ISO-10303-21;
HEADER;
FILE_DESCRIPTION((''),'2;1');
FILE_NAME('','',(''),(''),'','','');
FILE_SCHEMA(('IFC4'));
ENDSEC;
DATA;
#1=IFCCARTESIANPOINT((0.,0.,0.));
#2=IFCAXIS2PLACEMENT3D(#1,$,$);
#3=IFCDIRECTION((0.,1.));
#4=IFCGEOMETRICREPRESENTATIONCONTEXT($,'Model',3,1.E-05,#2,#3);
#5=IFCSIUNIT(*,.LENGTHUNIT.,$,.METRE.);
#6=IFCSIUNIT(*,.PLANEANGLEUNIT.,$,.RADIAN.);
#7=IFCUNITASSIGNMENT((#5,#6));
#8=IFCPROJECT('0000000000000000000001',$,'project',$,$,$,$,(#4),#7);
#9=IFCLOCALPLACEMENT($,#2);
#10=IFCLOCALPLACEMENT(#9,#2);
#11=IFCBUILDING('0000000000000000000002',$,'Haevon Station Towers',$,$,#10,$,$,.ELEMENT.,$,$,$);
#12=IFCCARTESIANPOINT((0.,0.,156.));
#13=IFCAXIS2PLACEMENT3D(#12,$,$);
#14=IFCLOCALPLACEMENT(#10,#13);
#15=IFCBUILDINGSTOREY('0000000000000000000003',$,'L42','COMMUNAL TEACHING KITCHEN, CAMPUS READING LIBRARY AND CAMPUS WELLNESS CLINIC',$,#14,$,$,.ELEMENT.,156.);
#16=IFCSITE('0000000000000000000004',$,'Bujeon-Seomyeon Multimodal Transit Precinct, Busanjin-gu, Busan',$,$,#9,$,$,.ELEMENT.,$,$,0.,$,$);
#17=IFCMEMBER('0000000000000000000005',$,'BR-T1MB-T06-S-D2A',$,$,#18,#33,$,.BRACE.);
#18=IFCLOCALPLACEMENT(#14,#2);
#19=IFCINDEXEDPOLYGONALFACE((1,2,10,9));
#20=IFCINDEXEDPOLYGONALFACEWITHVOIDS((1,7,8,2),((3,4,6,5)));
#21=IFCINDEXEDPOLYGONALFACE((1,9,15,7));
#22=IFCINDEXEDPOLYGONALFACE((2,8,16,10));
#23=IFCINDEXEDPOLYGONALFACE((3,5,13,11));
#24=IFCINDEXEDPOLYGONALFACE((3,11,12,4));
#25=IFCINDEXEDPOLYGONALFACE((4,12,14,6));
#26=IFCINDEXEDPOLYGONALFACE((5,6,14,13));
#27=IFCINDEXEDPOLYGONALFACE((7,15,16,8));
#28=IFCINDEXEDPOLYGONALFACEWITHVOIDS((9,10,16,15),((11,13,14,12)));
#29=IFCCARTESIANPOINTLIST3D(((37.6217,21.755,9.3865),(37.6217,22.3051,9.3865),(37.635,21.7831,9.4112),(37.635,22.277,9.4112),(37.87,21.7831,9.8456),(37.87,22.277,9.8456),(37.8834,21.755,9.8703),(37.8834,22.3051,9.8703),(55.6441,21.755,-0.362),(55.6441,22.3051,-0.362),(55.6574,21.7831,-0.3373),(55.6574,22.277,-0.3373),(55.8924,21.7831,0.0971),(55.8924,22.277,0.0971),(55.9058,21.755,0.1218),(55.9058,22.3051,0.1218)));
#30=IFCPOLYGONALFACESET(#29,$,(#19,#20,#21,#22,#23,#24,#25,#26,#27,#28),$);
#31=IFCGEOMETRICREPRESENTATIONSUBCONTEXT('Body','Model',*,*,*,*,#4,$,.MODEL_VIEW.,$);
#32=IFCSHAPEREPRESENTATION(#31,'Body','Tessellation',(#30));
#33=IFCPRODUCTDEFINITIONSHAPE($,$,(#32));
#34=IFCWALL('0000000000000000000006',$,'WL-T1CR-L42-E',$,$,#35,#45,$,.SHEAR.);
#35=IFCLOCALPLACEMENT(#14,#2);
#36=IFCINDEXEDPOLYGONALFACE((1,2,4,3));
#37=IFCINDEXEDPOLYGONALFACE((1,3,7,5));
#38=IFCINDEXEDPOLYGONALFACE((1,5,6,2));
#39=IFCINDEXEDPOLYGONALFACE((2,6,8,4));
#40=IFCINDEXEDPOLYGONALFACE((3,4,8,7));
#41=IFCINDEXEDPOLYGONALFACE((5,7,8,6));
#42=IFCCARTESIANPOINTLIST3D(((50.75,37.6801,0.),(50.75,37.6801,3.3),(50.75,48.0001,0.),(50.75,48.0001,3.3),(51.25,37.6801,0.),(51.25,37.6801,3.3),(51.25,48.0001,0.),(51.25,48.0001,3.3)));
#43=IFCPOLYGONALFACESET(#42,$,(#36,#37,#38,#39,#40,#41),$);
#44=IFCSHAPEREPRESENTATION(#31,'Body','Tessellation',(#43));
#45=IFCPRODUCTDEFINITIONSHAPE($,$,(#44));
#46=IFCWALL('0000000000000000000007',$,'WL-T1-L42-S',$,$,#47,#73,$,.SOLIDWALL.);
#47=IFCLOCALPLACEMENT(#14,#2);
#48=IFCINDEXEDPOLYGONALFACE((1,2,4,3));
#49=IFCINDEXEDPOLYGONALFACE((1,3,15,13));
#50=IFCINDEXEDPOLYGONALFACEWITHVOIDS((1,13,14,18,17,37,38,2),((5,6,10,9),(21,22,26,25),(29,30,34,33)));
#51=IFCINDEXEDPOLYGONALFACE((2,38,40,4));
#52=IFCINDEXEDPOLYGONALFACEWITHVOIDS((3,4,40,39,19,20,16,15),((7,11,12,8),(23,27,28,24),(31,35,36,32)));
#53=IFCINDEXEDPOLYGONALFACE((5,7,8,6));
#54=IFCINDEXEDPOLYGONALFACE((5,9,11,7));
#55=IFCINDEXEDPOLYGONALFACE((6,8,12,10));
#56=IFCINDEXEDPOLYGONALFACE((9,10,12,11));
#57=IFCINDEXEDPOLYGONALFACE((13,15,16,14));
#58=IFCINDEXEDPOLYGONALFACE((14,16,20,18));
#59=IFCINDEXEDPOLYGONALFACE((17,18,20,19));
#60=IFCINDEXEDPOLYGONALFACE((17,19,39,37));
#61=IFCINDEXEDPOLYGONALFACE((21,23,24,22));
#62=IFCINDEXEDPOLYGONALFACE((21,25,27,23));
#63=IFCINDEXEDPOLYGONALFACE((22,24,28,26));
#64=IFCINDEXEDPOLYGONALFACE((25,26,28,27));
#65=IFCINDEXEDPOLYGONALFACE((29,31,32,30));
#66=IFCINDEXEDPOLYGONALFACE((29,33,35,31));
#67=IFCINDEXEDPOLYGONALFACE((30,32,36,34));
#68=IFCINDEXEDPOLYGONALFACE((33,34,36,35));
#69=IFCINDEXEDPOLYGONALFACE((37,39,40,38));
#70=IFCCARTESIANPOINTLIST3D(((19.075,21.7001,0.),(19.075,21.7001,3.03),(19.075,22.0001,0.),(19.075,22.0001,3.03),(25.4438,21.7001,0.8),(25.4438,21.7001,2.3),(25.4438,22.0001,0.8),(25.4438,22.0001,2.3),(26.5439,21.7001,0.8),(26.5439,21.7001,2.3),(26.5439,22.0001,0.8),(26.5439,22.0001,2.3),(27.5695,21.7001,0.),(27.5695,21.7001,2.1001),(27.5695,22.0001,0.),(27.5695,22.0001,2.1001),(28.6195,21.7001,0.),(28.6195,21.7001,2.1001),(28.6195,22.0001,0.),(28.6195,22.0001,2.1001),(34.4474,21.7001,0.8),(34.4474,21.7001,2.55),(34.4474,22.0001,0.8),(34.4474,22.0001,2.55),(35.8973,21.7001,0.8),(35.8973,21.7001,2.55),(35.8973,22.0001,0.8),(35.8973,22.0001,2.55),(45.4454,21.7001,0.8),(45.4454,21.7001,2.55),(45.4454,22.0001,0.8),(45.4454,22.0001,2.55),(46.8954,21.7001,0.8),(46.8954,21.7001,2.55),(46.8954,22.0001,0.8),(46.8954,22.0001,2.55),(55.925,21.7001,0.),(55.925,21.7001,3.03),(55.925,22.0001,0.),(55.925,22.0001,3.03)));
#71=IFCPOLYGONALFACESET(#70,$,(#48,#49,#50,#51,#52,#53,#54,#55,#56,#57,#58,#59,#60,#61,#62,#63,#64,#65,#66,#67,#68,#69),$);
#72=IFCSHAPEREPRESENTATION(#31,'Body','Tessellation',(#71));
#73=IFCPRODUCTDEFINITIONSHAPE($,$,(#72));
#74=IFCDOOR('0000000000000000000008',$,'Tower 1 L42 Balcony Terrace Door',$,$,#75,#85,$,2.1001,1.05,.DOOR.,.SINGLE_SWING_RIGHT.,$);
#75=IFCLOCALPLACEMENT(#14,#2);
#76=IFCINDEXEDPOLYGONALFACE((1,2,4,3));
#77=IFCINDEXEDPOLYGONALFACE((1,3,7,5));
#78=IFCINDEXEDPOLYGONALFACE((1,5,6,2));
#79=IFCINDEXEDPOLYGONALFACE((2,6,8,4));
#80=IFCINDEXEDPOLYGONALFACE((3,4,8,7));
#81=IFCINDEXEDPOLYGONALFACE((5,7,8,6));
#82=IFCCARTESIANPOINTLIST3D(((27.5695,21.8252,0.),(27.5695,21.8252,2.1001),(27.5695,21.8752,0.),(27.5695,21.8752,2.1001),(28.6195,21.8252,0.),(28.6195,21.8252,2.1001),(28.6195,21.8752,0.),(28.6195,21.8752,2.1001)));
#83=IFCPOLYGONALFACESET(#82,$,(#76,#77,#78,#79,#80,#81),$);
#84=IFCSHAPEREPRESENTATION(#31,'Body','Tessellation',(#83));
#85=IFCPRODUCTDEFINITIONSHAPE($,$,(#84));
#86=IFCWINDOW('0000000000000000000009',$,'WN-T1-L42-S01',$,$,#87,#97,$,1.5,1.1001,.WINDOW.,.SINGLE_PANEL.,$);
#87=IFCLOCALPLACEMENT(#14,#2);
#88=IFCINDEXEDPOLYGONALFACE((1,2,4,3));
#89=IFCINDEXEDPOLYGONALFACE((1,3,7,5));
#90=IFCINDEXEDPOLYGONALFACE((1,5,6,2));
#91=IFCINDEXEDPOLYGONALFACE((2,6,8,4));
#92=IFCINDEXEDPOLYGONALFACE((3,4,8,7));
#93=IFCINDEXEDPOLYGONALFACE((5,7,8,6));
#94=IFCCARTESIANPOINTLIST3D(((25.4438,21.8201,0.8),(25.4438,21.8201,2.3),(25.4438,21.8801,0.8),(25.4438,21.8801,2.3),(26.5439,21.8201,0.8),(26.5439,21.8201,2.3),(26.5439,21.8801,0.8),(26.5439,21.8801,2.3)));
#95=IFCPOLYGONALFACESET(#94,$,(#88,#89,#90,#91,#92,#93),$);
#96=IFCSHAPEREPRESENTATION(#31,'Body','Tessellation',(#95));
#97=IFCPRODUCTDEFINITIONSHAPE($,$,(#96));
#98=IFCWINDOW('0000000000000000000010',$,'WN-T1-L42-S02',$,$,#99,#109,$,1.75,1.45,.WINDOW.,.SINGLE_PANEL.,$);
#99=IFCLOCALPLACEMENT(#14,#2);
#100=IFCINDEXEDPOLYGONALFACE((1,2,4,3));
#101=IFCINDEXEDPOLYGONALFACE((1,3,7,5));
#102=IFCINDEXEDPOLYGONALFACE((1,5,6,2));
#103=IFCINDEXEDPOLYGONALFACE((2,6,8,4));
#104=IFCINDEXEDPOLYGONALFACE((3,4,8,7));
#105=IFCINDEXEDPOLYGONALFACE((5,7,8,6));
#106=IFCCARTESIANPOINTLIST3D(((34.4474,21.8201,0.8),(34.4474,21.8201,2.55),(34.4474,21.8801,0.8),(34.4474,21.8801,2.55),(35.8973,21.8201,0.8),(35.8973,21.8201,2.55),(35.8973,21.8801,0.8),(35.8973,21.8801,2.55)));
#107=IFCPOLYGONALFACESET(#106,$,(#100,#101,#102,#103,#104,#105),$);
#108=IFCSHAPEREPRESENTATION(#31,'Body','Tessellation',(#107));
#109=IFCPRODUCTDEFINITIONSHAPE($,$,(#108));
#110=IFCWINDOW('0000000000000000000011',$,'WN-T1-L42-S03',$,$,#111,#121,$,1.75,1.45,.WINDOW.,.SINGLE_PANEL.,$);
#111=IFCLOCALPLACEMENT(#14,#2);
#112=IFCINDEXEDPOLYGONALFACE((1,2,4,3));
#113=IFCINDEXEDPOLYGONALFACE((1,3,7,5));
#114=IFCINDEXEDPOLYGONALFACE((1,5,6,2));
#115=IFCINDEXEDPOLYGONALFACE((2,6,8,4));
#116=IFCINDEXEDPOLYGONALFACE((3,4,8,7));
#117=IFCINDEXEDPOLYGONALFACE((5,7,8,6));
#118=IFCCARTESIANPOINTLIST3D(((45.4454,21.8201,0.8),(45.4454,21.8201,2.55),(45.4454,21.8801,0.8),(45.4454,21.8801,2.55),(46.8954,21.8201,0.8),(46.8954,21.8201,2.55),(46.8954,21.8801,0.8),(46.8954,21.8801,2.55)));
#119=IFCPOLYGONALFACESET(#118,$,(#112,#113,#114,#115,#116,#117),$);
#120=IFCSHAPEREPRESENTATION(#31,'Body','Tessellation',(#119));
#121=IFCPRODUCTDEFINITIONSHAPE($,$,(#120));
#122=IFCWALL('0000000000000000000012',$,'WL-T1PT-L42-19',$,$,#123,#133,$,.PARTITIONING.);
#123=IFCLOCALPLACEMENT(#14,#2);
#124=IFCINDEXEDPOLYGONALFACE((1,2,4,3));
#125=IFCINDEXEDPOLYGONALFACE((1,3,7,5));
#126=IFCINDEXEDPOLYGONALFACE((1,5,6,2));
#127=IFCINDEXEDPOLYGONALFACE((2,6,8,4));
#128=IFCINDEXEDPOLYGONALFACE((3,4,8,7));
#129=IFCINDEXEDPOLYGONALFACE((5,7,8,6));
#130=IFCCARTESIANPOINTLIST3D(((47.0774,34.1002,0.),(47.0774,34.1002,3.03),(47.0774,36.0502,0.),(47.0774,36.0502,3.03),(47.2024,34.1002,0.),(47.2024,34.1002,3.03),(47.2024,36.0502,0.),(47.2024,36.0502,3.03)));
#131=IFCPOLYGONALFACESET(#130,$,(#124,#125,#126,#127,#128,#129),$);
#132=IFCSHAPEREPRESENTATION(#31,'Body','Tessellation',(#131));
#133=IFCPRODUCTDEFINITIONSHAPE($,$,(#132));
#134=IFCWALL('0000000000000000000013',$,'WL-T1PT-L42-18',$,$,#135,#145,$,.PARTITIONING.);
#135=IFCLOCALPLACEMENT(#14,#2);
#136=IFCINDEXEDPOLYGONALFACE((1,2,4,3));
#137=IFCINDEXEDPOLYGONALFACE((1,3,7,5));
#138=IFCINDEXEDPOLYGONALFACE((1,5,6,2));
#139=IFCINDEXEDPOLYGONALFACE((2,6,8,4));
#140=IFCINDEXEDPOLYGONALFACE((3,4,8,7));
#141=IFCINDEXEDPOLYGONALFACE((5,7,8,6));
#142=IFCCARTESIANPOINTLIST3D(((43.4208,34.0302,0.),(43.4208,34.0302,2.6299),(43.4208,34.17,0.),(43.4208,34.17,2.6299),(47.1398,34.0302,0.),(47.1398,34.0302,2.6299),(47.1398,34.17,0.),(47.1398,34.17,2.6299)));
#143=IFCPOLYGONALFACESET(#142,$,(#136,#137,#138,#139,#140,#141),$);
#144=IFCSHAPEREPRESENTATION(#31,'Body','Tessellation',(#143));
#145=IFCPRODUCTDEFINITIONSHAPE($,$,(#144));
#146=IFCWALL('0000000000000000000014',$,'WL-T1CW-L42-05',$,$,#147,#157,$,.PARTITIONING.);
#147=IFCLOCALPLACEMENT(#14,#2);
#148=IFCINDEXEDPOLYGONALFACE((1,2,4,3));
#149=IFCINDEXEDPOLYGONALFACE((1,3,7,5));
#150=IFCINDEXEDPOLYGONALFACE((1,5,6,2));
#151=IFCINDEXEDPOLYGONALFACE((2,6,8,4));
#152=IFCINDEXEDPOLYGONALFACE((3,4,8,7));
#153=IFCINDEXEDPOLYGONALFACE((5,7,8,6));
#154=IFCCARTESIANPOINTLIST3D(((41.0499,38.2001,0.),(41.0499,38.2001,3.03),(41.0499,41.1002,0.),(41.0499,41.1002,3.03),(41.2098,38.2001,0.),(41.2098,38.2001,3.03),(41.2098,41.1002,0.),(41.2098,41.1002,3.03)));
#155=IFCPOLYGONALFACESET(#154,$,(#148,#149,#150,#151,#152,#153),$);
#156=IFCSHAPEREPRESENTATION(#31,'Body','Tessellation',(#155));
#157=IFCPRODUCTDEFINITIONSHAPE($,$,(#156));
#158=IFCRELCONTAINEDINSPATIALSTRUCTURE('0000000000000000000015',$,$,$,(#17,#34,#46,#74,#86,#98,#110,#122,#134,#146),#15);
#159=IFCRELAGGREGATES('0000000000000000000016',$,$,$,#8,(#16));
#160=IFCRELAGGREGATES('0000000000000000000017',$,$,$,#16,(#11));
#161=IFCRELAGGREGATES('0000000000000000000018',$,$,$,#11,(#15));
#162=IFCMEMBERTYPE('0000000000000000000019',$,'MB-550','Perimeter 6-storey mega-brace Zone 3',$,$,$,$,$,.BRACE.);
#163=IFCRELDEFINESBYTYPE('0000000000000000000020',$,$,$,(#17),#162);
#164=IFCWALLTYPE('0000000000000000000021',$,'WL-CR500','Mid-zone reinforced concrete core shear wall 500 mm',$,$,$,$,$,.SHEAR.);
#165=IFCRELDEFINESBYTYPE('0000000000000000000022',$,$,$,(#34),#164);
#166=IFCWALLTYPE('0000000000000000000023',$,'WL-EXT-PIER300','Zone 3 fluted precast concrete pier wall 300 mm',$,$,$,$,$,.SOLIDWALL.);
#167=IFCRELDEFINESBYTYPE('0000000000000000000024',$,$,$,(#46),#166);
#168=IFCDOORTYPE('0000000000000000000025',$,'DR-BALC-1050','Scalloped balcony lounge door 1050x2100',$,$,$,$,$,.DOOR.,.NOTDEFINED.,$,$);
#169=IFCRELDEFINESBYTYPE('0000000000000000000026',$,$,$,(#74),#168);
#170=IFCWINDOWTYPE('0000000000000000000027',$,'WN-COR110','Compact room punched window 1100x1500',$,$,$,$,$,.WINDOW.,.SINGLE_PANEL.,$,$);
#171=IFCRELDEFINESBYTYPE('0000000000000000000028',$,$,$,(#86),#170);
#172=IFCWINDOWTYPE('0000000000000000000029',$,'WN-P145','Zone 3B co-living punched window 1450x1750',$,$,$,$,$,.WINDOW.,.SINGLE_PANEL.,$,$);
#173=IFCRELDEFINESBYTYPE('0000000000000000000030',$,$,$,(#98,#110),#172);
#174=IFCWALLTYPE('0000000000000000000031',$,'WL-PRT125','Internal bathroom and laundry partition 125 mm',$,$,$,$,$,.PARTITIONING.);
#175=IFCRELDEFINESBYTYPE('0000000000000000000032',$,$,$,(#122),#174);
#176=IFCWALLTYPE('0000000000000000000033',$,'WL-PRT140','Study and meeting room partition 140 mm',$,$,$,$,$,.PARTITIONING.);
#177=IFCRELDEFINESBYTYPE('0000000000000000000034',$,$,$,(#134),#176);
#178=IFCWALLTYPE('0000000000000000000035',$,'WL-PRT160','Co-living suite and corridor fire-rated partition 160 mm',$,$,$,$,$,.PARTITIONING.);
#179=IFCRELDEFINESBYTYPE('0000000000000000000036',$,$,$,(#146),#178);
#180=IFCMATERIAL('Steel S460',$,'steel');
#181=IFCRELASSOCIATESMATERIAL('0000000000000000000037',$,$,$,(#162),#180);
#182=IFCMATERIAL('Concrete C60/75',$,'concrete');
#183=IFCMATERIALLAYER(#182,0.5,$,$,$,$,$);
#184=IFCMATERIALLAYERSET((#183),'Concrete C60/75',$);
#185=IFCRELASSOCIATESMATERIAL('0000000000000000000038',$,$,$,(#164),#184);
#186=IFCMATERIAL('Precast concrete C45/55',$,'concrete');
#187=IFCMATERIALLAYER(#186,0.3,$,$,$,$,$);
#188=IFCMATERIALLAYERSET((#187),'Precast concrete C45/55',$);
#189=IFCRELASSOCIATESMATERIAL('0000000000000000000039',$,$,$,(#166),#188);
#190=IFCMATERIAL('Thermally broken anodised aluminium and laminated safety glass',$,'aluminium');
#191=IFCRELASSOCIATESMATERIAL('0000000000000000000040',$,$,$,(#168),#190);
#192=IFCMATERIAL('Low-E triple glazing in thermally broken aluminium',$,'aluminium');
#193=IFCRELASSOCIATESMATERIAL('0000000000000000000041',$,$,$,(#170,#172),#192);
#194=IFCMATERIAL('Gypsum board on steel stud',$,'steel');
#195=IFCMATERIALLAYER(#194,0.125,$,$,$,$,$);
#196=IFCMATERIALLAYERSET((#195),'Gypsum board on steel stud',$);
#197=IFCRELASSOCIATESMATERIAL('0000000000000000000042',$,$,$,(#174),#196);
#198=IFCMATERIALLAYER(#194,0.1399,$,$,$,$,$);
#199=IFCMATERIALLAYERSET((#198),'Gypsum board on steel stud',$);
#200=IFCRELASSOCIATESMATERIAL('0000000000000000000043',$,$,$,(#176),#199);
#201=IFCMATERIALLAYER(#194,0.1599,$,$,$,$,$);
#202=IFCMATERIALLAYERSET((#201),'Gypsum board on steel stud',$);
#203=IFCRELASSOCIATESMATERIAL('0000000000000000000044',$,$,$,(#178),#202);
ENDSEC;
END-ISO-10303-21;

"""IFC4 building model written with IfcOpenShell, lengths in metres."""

from ifc_helpers import new_model, si_unit, direction, frame, frame_2d, origin, origin_2d, place, context, subcontext, project, spatial, rectangle, hollow_rectangle, extrude, material, layer, layer_set, material_profile, profile_set, type_object, element, fill, save


model = new_model("IFC4")

# Units and contexts
model_context = context("Model", 3, precision=1e-05, world=origin(), true_north=direction((0.0, 1.0)))
body_context = subcontext(model_context, "Body", "Model", "MODEL_VIEW")
ifc_project = project(units=[si_unit("LENGTHUNIT", "METRE"), si_unit("PLANEANGLEUNIT", "RADIAN")], contexts=[model_context])

# Site, building, storey
site_placement = place(None, origin())
site = spatial("IfcSite", under=ifc_project, at=site_placement, Name="Bujeon-Seomyeon Multimodal Transit Precinct, Busanjin-gu, Busan", CompositionType="ELEMENT", RefElevation=0.0)
building_placement = place(site_placement, origin())
building = spatial("IfcBuilding", under=site, at=building_placement, Name="Haevon Station Towers", CompositionType="ELEMENT")
storey_placement = place(building_placement, frame((0.0, 0.0, 156.0)))
storey = spatial("IfcBuildingStorey", under=building, at=storey_placement, Name="L42", Description="COMMUNAL TEACHING KITCHEN, CAMPUS READING LIBRARY AND CAMPUS WELLNESS CLINIC", CompositionType="ELEMENT", Elevation=156.0)

# Member
ifc_material_1 = material(Name="Steel S460", Category="steel")
ifc_material_profile_1 = material_profile(ifc_material_1, hollow_rectangle(XDim=0.55, YDim=0.55, WallThickness=0.0281, at=origin_2d()), Name="RHS-550x550x28")
ifc_profile_set_1 = profile_set([ifc_material_profile_1], Name="Steel S460")
member_type = type_object("IfcMemberType", Name="MB-550", Description="Perimeter 6-storey mega-brace Zone 3", PredefinedType="BRACE", material=ifc_profile_set_1)
member_placement = place(storey_placement, frame((55.7749, 22.03, -0.1201), z_axis=(-0.87957, 0.0, 0.475769), x_axis=(0.0, -1.0, 0.0)))
element("IfcMember", 1, at=member_placement, inside=storey, type_object=member_type, Name="BR-T1MB-T06-S-D2A", PredefinedType="BRACE", context=body_context, shape_type="SweptSolid", body=[
    extrude(hollow_rectangle(XDim=0.55, YDim=0.55, WallThickness=0.0281, at=origin_2d()), origin(), (0.0, 0.0, 1.0), 20.49),
])

# Wall
ifc_material_2 = material(Name="Concrete C60/75", Category="concrete")
ifc_layer_1 = layer(ifc_material_2, 0.5)
ifc_layer_set_1 = layer_set([ifc_layer_1], Name="Concrete C60/75")
wall_type_1 = type_object("IfcWallType", Name="WL-CR500", Description="Mid-zone reinforced concrete core shear wall 500 mm", PredefinedType="SHEAR", material=ifc_layer_set_1)
wall_1_placement = place(storey_placement, frame((51.0, 37.6799, 0.0), z_axis=(0.0, 0.0, 1.0), x_axis=(0.0, 1.0, 0.0)))
element("IfcWall", 2, at=wall_1_placement, inside=storey, type_object=wall_type_1, Name="WL-T1CR-L42-E", PredefinedType="SHEAR", context=body_context, shape_type="SweptSolid", body=[
    extrude(rectangle(XDim=10.3201, YDim=0.5, at=frame_2d((5.1602, 0.0))), origin(), (0.0, 0.0, 1.0), 3.3),
])

# Wall, openings, door, windows
ifc_material_3 = material(Name="Precast concrete C45/55", Category="concrete")
ifc_layer_2 = layer(ifc_material_3, 0.3)
ifc_layer_set_2 = layer_set([ifc_layer_2], Name="Precast concrete C45/55")
wall_type_2 = type_object("IfcWallType", Name="WL-EXT-PIER300", Description="Zone 3 fluted precast concrete pier wall 300 mm", PredefinedType="SOLIDWALL", material=ifc_layer_set_2)
wall_2_placement = place(storey_placement, frame((55.925, 21.8501, 0.0), z_axis=(0.0, 0.0, 1.0), x_axis=(-1.0, 0.0, 0.0)))
wall_2 = element("IfcWall", 3, at=wall_2_placement, inside=storey, type_object=wall_type_2, Name="WL-T1-L42-S", PredefinedType="SOLIDWALL", context=body_context, shape_type="SweptSolid", body=[
    extrude(rectangle(XDim=36.8501, YDim=0.3, at=frame_2d((18.425, 0.0))), origin(), (0.0, 0.0, 1.0), 3.03),
])
opening_1_placement = place(wall_2_placement, frame((27.3057, 0.0, 0.0)))
opening_1 = element("IfcOpeningElement", 4, at=opening_1_placement, cuts=wall_2, PredefinedType="OPENING", context=body_context, shape_type="SweptSolid", body=[
    extrude(rectangle(XDim=1.05, YDim=2.1001, at=frame_2d((0.5249, 1.05))), frame((0.0, 0.1599, 0.0), z_axis=(0.0, -1.0, 0.0), x_axis=(1.0, 0.0, 0.0)), (0.0, 0.0, 1.0), 0.3201),
])
opening_2_placement = place(wall_2_placement, frame((29.3811, 0.0, 0.8)))
opening_2 = element("IfcOpeningElement", 5, at=opening_2_placement, cuts=wall_2, PredefinedType="OPENING", context=body_context, shape_type="SweptSolid", body=[
    extrude(rectangle(XDim=1.1001, YDim=1.5, at=frame_2d((0.55, 0.75))), frame((0.0, 0.1599, 0.0), z_axis=(0.0, -1.0, 0.0), x_axis=(1.0, 0.0, 0.0)), (0.0, 0.0, 1.0), 0.3201),
])
opening_3_placement = place(wall_2_placement, frame((20.0276, 0.0, 0.8)))
opening_3 = element("IfcOpeningElement", 6, at=opening_3_placement, cuts=wall_2, PredefinedType="OPENING", context=body_context, shape_type="SweptSolid", body=[
    extrude(rectangle(XDim=1.45, YDim=1.75, at=frame_2d((0.7251, 0.875))), frame((0.0, 0.1599, 0.0), z_axis=(0.0, -1.0, 0.0), x_axis=(1.0, 0.0, 0.0)), (0.0, 0.0, 1.0), 0.3201),
])
opening_4_placement = place(wall_2_placement, frame((9.0295, 0.0, 0.8)))
opening_4 = element("IfcOpeningElement", 7, at=opening_4_placement, cuts=wall_2, PredefinedType="OPENING", context=body_context, shape_type="SweptSolid", body=[
    extrude(rectangle(XDim=1.45, YDim=1.75, at=frame_2d((0.7251, 0.875))), frame((0.0, 0.1599, 0.0), z_axis=(0.0, -1.0, 0.0), x_axis=(1.0, 0.0, 0.0)), (0.0, 0.0, 1.0), 0.3201),
])
ifc_material_4 = material(Name="Thermally broken anodised aluminium and laminated safety glass", Category="aluminium")
door_type_1 = type_object("IfcDoorType", Name="DR-BALC-1050", Description="Scalloped balcony lounge door 1050x2100", OperationType="NOTDEFINED", PredefinedType="DOOR", material=ifc_material_4)
door_1_placement = place(opening_1_placement, origin())
door_1 = element("IfcDoor", 8, at=door_1_placement, inside=storey, type_object=door_type_1, Name="Tower 1 L42 Balcony Terrace Door", OperationType="SINGLE_SWING_RIGHT", OverallHeight=2.1001, OverallWidth=1.05, PredefinedType="DOOR", context=body_context, shape_type="SweptSolid", body=[
    extrude(rectangle(XDim=1.05, YDim=2.1001, at=frame_2d((0.5249, 1.05))), frame((0.0, 0.0249, 0.0), z_axis=(0.0, -1.0, 0.0), x_axis=(1.0, 0.0, 0.0)), (0.0, 0.0, 1.0), 0.05),
])
fill(opening_1, door_1)
ifc_material_5 = material(Name="Low-E triple glazing in thermally broken aluminium", Category="aluminium")
window_type_1 = type_object("IfcWindowType", Name="WN-COR110", Description="Compact room punched window 1100x1500", PartitioningType="SINGLE_PANEL", PredefinedType="WINDOW", material=ifc_material_5)
window_1_placement = place(opening_2_placement, origin())
window_1 = element("IfcWindow", 9, at=window_1_placement, inside=storey, type_object=window_type_1, Name="WN-T1-L42-S01", OverallHeight=1.5, OverallWidth=1.1001, PartitioningType="SINGLE_PANEL", PredefinedType="WINDOW", context=body_context, shape_type="SweptSolid", body=[
    extrude(rectangle(XDim=1.1001, YDim=1.5, at=frame_2d((0.55, 0.75))), frame((0.0, 0.03, 0.0), z_axis=(0.0, -1.0, 0.0), x_axis=(1.0, 0.0, 0.0)), (0.0, 0.0, 1.0), 0.0601),
])
fill(opening_2, window_1)
window_type_2 = type_object("IfcWindowType", Name="WN-P145", Description="Zone 3B co-living punched window 1450x1750", PartitioningType="SINGLE_PANEL", PredefinedType="WINDOW", material=ifc_material_5)
window_2_placement = place(opening_3_placement, origin())
window_2 = element("IfcWindow", 10, at=window_2_placement, inside=storey, type_object=window_type_2, Name="WN-T1-L42-S02", OverallHeight=1.75, OverallWidth=1.45, PartitioningType="SINGLE_PANEL", PredefinedType="WINDOW", context=body_context, shape_type="SweptSolid", body=[
    extrude(rectangle(XDim=1.45, YDim=1.75, at=frame_2d((0.7251, 0.875))), frame((0.0, 0.03, 0.0), z_axis=(0.0, -1.0, 0.0), x_axis=(1.0, 0.0, 0.0)), (0.0, 0.0, 1.0), 0.0601),
])
fill(opening_3, window_2)
window_3_placement = place(opening_4_placement, origin())
window_3 = element("IfcWindow", 11, at=window_3_placement, inside=storey, type_object=window_type_2, Name="WN-T1-L42-S03", OverallHeight=1.75, OverallWidth=1.45, PartitioningType="SINGLE_PANEL", PredefinedType="WINDOW", context=body_context, shape_type="SweptSolid", body=[
    extrude(rectangle(XDim=1.45, YDim=1.75, at=frame_2d((0.7251, 0.875))), frame((0.0, 0.03, 0.0), z_axis=(0.0, -1.0, 0.0), x_axis=(1.0, 0.0, 0.0)), (0.0, 0.0, 1.0), 0.0601),
])
fill(opening_4, window_3)

# Walls
ifc_material_6 = material(Name="Gypsum board on steel stud", Category="steel")
ifc_layer_3 = layer(ifc_material_6, 0.125)
ifc_layer_set_3 = layer_set([ifc_layer_3], Name="Gypsum board on steel stud")
wall_type_3 = type_object("IfcWallType", Name="WL-PRT125", Description="Internal bathroom and laundry partition 125 mm", PredefinedType="PARTITIONING", material=ifc_layer_set_3)
wall_3_placement = place(storey_placement, frame((47.1399, 34.1001, 0.0), z_axis=(0.0, 0.0, 1.0), x_axis=(0.0, 1.0, 0.0)))
element("IfcWall", 12, at=wall_3_placement, inside=storey, type_object=wall_type_3, Name="WL-T1PT-L42-19", PredefinedType="PARTITIONING", context=body_context, shape_type="SweptSolid", body=[
    extrude(rectangle(XDim=1.95, YDim=0.125, at=frame_2d((0.9751, 0.0))), origin(), (0.0, 0.0, 1.0), 3.03),
])
ifc_layer_4 = layer(ifc_material_6, 0.1399)
ifc_layer_set_4 = layer_set([ifc_layer_4], Name="Gypsum board on steel stud")
wall_type_4 = type_object("IfcWallType", Name="WL-PRT140", Description="Study and meeting room partition 140 mm", PredefinedType="PARTITIONING", material=ifc_layer_set_4)
wall_4_placement = place(storey_placement, frame((43.4209, 34.1001, 0.0), z_axis=(0.0, 0.0, 1.0), x_axis=(1.0, 0.0, 0.0)))
element("IfcWall", 13, at=wall_4_placement, inside=storey, type_object=wall_type_4, Name="WL-T1PT-L42-18", PredefinedType="PARTITIONING", context=body_context, shape_type="SweptSolid", body=[
    extrude(rectangle(XDim=3.719, YDim=0.1399, at=frame_2d((1.8594, 0.0))), origin(), (0.0, 0.0, 1.0), 2.6299),
])
ifc_layer_5 = layer(ifc_material_6, 0.1599)
ifc_layer_set_5 = layer_set([ifc_layer_5], Name="Gypsum board on steel stud")
wall_type_5 = type_object("IfcWallType", Name="WL-PRT160", Description="Co-living suite and corridor fire-rated partition 160 mm", PredefinedType="PARTITIONING", material=ifc_layer_set_5)
for number, where, z_axis, x_axis, name in (
    (14, (41.1299, 38.2, 0.0), (0.0, 0.0, 1.0), (0.0, 1.0, 0.0), "WL-T1CW-L42-05"),
):
    element("IfcWall", number, at=place(storey_placement, frame(where, z_axis=z_axis, x_axis=x_axis)), inside=storey, type_object=wall_type_5, Name=name, PredefinedType="PARTITIONING", context=body_context, shape_type="SweptSolid", body=[
        extrude(rectangle(XDim=2.9001, YDim=0.1599, at=frame_2d((1.4502, 0.0))), origin(), (0.0, 0.0, 1.0), 3.03),
    ])

save(model, "model.ifc")
